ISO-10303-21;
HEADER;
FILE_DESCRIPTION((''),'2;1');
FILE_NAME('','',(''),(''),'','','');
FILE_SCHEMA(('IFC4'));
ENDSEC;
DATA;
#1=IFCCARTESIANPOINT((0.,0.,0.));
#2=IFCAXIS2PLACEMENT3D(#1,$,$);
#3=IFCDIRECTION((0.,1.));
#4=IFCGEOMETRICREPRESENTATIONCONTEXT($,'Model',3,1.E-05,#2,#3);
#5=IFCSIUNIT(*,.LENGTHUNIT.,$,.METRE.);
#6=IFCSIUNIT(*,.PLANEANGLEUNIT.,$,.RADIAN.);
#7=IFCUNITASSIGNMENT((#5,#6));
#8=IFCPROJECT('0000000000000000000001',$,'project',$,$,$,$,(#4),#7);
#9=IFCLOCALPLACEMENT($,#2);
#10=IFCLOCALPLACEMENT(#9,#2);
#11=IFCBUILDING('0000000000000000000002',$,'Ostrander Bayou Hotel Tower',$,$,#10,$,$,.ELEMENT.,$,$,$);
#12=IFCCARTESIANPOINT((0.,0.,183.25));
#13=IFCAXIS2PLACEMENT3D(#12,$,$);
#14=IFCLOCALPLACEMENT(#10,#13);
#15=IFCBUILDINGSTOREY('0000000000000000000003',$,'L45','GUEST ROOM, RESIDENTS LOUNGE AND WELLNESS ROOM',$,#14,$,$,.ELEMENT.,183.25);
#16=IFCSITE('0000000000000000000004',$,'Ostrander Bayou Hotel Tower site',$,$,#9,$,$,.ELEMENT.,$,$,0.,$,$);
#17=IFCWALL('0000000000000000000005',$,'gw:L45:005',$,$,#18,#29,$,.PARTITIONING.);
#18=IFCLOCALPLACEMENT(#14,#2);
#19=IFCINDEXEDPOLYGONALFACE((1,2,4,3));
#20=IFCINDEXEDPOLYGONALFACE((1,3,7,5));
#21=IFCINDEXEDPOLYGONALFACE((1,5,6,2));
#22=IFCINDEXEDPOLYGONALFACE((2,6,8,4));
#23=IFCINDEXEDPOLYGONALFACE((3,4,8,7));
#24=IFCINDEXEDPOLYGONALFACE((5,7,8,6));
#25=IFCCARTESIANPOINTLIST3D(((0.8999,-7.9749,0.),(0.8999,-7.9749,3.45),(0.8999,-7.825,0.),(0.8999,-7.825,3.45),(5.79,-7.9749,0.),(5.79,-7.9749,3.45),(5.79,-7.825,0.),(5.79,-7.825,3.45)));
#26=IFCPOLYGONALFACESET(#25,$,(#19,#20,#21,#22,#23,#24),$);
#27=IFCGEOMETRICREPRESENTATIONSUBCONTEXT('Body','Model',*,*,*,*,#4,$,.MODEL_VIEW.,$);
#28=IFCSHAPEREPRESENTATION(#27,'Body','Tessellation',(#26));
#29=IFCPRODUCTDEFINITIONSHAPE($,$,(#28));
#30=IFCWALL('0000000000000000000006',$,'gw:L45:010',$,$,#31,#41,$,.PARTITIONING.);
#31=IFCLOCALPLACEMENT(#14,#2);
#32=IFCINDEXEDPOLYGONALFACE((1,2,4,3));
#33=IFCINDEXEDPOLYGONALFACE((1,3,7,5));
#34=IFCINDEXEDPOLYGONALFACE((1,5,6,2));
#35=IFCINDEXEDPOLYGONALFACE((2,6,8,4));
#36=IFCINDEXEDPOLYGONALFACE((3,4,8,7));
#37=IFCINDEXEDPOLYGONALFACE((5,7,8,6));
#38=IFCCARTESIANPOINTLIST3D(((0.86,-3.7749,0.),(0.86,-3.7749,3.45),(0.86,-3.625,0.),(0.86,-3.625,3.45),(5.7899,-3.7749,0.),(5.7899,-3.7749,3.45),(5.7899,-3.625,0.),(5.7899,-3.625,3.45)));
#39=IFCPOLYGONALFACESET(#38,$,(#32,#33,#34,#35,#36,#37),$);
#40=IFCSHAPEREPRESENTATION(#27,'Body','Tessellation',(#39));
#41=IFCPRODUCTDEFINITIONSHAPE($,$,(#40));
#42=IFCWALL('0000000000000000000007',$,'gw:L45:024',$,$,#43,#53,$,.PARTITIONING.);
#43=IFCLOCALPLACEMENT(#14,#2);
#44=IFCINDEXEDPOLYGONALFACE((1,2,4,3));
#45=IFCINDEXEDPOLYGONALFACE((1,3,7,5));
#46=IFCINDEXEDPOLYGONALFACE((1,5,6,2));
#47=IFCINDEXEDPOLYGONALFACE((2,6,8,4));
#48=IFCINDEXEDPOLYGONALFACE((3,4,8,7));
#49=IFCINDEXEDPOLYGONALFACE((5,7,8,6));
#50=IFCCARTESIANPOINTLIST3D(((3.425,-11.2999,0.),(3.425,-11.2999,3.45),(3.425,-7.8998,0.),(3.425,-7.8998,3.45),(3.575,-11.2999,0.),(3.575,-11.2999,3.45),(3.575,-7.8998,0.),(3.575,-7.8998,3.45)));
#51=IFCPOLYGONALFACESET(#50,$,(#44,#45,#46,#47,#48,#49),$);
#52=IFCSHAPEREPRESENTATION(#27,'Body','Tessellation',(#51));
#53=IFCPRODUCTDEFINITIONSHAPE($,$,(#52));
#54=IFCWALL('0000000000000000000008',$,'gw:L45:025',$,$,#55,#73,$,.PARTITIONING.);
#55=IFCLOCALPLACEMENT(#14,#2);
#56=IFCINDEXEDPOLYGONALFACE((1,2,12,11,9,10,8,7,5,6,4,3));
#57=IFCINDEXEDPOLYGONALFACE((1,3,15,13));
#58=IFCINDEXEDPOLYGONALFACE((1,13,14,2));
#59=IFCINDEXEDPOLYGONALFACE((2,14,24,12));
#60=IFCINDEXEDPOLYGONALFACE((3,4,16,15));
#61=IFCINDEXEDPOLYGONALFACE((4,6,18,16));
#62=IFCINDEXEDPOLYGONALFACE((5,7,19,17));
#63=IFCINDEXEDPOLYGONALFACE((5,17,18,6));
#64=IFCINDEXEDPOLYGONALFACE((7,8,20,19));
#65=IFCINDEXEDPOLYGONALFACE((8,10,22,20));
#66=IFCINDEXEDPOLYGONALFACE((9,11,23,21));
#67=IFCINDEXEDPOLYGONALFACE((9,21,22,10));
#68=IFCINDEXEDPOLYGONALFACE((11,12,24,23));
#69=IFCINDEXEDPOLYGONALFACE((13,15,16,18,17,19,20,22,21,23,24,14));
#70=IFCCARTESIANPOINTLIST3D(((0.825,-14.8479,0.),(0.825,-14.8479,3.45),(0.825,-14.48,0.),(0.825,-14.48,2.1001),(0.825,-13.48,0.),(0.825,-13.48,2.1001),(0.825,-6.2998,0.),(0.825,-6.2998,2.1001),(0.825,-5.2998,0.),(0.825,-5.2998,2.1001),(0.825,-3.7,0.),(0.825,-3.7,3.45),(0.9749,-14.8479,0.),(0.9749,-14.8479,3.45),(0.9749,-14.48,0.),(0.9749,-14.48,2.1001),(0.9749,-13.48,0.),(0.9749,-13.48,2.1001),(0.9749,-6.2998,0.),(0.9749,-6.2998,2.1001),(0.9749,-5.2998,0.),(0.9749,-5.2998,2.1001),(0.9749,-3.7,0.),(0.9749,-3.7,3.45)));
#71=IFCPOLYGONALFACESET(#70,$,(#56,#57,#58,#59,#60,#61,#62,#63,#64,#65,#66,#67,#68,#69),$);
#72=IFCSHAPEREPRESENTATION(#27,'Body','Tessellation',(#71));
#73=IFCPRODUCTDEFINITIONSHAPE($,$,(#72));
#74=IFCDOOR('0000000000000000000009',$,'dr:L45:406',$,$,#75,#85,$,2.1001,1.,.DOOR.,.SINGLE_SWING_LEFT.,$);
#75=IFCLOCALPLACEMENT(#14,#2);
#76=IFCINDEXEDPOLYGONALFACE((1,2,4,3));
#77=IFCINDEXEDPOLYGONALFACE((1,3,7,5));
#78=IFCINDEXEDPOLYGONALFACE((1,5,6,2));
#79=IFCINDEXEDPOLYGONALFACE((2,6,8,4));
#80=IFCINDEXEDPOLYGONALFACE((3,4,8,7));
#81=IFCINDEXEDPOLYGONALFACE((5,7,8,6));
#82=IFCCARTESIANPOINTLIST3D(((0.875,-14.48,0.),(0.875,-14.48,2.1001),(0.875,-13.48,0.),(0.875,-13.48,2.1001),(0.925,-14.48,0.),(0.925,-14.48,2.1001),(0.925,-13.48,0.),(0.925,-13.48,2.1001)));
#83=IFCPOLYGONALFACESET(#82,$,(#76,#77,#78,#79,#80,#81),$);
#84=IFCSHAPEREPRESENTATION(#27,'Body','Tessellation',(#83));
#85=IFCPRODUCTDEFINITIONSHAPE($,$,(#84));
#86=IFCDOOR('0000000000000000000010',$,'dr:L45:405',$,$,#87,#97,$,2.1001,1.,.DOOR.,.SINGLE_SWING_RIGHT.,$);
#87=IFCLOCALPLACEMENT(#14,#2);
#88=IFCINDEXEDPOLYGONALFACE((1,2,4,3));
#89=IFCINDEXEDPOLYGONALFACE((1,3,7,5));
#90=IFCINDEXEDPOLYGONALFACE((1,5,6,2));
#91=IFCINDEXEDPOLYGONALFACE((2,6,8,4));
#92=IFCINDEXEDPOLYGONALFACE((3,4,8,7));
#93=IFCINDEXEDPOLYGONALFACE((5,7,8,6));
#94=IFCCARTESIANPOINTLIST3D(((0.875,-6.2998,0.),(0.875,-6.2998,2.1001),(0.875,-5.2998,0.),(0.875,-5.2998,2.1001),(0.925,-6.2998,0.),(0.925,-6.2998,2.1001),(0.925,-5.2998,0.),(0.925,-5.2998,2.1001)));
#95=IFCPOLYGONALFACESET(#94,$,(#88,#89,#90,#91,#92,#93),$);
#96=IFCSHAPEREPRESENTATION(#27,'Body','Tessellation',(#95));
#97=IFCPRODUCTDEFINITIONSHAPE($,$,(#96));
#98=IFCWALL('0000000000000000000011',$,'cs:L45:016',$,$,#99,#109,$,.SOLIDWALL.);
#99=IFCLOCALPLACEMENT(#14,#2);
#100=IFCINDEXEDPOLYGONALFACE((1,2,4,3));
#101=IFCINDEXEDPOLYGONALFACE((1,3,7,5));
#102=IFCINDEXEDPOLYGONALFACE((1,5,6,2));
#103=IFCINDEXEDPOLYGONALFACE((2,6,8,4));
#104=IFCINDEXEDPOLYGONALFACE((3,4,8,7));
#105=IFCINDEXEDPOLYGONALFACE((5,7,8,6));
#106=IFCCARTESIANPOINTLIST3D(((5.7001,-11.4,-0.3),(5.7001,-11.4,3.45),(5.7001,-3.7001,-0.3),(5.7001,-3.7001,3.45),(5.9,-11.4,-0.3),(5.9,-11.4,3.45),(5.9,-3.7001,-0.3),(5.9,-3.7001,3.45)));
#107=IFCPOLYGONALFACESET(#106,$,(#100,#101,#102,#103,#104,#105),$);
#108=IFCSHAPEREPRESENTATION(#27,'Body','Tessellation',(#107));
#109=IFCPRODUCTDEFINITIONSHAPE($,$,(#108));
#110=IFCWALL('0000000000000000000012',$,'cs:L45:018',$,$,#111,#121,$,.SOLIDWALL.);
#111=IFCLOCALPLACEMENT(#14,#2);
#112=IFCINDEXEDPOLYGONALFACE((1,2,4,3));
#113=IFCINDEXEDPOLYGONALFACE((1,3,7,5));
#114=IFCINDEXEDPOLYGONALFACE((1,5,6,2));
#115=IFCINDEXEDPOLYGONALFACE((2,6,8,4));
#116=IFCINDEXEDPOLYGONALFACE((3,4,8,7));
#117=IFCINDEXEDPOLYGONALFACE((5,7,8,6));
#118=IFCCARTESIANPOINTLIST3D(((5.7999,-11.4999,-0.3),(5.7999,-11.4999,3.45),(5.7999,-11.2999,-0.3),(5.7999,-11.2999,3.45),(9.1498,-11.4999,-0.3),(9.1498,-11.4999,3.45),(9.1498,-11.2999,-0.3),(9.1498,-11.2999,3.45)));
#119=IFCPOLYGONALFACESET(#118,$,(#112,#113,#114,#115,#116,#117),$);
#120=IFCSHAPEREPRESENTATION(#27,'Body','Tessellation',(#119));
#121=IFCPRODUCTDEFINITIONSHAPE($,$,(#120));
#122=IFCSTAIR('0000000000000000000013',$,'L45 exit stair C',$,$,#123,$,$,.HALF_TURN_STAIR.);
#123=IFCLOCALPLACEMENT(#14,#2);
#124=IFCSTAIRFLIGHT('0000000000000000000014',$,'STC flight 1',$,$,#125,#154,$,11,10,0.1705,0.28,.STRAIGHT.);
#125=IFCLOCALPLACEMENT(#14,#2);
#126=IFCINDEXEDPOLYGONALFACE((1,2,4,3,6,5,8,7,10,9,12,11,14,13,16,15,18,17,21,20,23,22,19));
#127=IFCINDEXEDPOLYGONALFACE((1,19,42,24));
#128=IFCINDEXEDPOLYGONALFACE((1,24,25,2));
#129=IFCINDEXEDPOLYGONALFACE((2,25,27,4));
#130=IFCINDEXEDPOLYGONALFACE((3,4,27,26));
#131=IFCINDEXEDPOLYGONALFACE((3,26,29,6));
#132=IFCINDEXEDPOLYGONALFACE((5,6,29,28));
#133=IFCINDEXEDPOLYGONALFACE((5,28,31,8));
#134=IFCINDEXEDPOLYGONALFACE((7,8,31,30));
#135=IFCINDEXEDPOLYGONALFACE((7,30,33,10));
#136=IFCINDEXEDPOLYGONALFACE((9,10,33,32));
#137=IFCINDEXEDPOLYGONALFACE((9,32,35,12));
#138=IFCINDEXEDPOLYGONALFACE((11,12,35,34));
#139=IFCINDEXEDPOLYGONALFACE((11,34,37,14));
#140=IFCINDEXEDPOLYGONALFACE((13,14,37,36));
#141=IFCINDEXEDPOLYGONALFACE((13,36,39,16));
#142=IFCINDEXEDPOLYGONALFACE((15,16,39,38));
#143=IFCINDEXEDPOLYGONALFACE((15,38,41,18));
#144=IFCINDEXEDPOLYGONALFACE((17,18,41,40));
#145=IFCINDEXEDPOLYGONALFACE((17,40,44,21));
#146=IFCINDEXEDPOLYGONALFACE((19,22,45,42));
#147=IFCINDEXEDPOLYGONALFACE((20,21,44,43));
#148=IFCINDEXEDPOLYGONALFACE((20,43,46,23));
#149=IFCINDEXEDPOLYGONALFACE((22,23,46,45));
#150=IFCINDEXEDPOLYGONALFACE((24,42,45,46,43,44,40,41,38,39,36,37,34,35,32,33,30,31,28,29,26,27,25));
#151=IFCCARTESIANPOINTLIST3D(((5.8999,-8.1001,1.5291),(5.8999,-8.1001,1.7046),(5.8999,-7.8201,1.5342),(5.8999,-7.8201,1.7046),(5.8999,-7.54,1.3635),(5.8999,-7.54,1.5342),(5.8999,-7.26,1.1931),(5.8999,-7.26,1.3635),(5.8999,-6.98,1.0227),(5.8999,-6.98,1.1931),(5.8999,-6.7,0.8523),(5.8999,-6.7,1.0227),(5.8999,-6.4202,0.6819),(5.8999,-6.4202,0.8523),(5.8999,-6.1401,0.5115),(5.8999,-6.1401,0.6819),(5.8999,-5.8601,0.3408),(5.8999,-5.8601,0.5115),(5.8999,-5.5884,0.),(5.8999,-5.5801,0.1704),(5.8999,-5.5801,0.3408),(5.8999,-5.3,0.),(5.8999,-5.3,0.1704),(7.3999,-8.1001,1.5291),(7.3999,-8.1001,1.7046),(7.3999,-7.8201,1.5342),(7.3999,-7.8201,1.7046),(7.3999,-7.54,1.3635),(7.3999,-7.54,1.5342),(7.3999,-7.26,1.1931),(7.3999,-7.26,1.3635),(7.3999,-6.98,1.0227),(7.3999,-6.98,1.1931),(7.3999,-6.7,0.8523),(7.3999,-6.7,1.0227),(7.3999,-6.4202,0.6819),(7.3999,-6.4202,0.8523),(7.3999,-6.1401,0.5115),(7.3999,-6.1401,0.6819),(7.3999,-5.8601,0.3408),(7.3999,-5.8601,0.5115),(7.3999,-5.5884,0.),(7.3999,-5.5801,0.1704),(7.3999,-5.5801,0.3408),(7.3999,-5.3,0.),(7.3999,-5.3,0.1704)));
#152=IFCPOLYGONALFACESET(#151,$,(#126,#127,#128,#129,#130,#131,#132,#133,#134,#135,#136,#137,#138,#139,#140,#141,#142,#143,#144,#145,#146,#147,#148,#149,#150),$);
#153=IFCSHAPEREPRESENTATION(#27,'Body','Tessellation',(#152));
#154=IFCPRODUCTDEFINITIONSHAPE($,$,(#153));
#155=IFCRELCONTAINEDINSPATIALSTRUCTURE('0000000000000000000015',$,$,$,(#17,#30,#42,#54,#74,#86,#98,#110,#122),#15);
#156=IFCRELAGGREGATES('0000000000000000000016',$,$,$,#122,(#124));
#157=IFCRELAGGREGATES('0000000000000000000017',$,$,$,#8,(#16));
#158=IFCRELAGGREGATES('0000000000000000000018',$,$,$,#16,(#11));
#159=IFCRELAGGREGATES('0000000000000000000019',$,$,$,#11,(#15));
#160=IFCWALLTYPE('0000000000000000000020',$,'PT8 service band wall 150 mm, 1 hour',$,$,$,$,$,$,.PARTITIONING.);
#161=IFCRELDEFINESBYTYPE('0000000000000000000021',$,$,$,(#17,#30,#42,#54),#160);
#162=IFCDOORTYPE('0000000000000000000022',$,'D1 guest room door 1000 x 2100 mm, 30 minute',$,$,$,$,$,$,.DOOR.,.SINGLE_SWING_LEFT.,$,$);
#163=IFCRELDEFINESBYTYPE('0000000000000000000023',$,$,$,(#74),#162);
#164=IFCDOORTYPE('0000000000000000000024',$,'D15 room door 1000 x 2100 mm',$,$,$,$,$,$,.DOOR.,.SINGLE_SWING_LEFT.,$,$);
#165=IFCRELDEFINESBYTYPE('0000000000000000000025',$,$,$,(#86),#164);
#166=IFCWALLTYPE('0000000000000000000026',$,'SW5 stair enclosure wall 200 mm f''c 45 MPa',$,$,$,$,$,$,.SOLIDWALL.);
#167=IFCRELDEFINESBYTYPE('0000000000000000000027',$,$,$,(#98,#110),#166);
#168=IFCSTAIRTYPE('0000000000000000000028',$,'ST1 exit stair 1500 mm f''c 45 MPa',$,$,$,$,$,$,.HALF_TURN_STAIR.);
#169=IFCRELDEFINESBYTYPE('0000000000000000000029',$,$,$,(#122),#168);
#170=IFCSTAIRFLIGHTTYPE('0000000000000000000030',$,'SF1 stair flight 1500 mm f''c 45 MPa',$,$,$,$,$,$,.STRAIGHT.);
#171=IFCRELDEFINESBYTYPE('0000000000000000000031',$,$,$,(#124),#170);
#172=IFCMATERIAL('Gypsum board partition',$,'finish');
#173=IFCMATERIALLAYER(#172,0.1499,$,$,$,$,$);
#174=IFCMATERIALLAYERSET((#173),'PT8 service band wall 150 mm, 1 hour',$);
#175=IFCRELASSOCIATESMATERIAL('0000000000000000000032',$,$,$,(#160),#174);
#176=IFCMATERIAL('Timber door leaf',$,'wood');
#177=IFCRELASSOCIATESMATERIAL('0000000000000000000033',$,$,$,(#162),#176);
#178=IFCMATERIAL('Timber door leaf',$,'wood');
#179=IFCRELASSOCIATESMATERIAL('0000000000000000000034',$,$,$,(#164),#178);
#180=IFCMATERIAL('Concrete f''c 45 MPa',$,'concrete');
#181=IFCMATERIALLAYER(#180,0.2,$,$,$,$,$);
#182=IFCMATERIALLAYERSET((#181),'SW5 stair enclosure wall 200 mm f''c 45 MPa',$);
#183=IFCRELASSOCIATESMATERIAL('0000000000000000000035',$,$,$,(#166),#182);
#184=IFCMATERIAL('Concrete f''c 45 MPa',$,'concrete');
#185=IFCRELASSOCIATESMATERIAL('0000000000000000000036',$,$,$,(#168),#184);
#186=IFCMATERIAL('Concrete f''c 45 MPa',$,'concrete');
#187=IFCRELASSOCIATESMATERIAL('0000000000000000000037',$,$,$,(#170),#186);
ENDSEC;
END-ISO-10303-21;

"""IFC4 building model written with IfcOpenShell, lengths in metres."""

from ifc_helpers import new_model, si_unit, direction, frame, frame_2d, origin, place, context, subcontext, project, spatial, polyline, rectangle, outline, extrude, material, layer, layer_set, type_object, element, fill, aggregate, save


model = new_model("IFC4")

# Units and contexts
model_context = context("Model", 3, precision=1e-05, world=origin(), true_north=direction((0.0, 1.0)))
body_context = subcontext(model_context, "Body", "Model", "MODEL_VIEW")
ifc_project = project(units=[si_unit("LENGTHUNIT", "METRE"), si_unit("PLANEANGLEUNIT", "RADIAN")], contexts=[model_context])

# Site, building, storey
site_placement = place(None, origin())
site = spatial("IfcSite", under=ifc_project, at=site_placement, Name="Ostrander Bayou Hotel Tower site", CompositionType="ELEMENT", RefElevation=0.0)
building_placement = place(site_placement, origin())
building = spatial("IfcBuilding", under=site, at=building_placement, Name="Ostrander Bayou Hotel Tower", CompositionType="ELEMENT")
storey_placement = place(building_placement, frame((0.0, 0.0, 183.25)))
storey = spatial("IfcBuildingStorey", under=building, at=storey_placement, Name="L45", Description="GUEST ROOM, RESIDENTS LOUNGE AND WELLNESS ROOM", CompositionType="ELEMENT", Elevation=183.25)

# Shared definitions
ifc_material_1 = material(Name="Gypsum board partition", Category="finish")
ifc_layer_1 = layer(ifc_material_1, 0.1499)
ifc_layer_set_1 = layer_set([ifc_layer_1], Name="PT8 service band wall 150 mm, 1 hour")
wall_type_1 = type_object("IfcWallType", Name="PT8 service band wall 150 mm, 1 hour", PredefinedType="PARTITIONING", material=ifc_layer_set_1)

# Walls
wall_1_placement = place(storey_placement, frame((0.8999, -7.8999, 0.0), z_axis=(0.0, 0.0, 1.0), x_axis=(1.0, 0.0, 0.0)))
element("IfcWall", 1, at=wall_1_placement, inside=storey, type_object=wall_type_1, Name="gw:L45:005", PredefinedType="PARTITIONING", context=body_context, shape_type="SweptSolid", body=[
    extrude(rectangle(XDim=4.8901, YDim=0.1499, at=frame_2d((2.4451, 0.0))), origin(), (0.0, 0.0, 1.0), 3.45),
])
wall_2_placement = place(storey_placement, frame((0.8601, -3.7, 0.0), z_axis=(0.0, 0.0, 1.0), x_axis=(1.0, 0.0, 0.0)))
element("IfcWall", 2, at=wall_2_placement, inside=storey, type_object=wall_type_1, Name="gw:L45:010", PredefinedType="PARTITIONING", context=body_context, shape_type="SweptSolid", body=[
    extrude(rectangle(XDim=4.9299, YDim=0.1499, at=frame_2d((2.4648, 0.0))), origin(), (0.0, 0.0, 1.0), 3.45),
])
wall_3_placement = place(storey_placement, frame((3.5, -11.3, 0.0), z_axis=(0.0, 0.0, 1.0), x_axis=(0.0, 1.0, 0.0)))
element("IfcWall", 3, at=wall_3_placement, inside=storey, type_object=wall_type_1, Name="gw:L45:024", PredefinedType="PARTITIONING", context=body_context, shape_type="SweptSolid", body=[
    extrude(rectangle(XDim=3.4001, YDim=0.1499, at=frame_2d((1.7002, 0.0))), origin(), (0.0, 0.0, 1.0), 3.45),
])

# Wall, openings, doors
wall_4_placement = place(storey_placement, frame((0.8999, -14.8479, 0.0), z_axis=(0.0, 0.0, 1.0), x_axis=(0.0, 1.0, 0.0)))
wall_4 = element("IfcWall", 4, at=wall_4_placement, inside=storey, type_object=wall_type_1, Name="gw:L45:025", PredefinedType="PARTITIONING", context=body_context, shape_type="SweptSolid", body=[
    extrude(rectangle(XDim=11.1479, YDim=0.1499, at=frame_2d((5.574, 0.0))), origin(), (0.0, 0.0, 1.0), 3.45),
])
opening_1_placement = place(wall_4_placement, frame((8.5481, 0.0, 0.0)))
opening_1 = element("IfcOpeningElement", 5, at=opening_1_placement, cuts=wall_4, PredefinedType="OPENING", context=body_context, shape_type="SweptSolid", body=[
    extrude(rectangle(XDim=1.0, YDim=2.1001, at=frame_2d((0.5, 1.05))), frame((0.0, 0.075, 0.0), z_axis=(0.0, -1.0, 0.0), x_axis=(1.0, 0.0, 0.0)), (0.0, 0.0, 1.0), 0.1499),
])
opening_2_placement = place(wall_4_placement, frame((0.3679, 0.0, 0.0)))
opening_2 = element("IfcOpeningElement", 6, at=opening_2_placement, cuts=wall_4, PredefinedType="OPENING", context=body_context, shape_type="SweptSolid", body=[
    extrude(rectangle(XDim=1.0, YDim=2.1001, at=frame_2d((0.5, 1.05))), frame((0.0, 0.075, 0.0), z_axis=(0.0, -1.0, 0.0), x_axis=(1.0, 0.0, 0.0)), (0.0, 0.0, 1.0), 0.1499),
])
ifc_material_2 = material(Name="Timber door leaf", Category="wood")
door_type_1 = type_object("IfcDoorType", Name="D1 guest room door 1000 x 2100 mm, 30 minute", OperationType="SINGLE_SWING_LEFT", PredefinedType="DOOR", material=ifc_material_2)
door_1_placement = place(opening_2_placement, origin())
door_1 = element("IfcDoor", 7, at=door_1_placement, inside=storey, type_object=door_type_1, Name="dr:L45:406", OperationType="SINGLE_SWING_LEFT", OverallHeight=2.1001, OverallWidth=1.0, PredefinedType="DOOR", context=body_context, shape_type="SweptSolid", body=[
    extrude(rectangle(XDim=1.0, YDim=2.1001, at=frame_2d((0.5, 1.05))), frame((0.0, 0.0249, 0.0), z_axis=(0.0, -1.0, 0.0), x_axis=(1.0, 0.0, 0.0)), (0.0, 0.0, 1.0), 0.05),
])
fill(opening_2, door_1)
ifc_material_3 = material(Name="Timber door leaf", Category="wood")
door_type_2 = type_object("IfcDoorType", Name="D15 room door 1000 x 2100 mm", OperationType="SINGLE_SWING_LEFT", PredefinedType="DOOR", material=ifc_material_3)
door_2_placement = place(opening_1_placement, origin())
door_2 = element("IfcDoor", 8, at=door_2_placement, inside=storey, type_object=door_type_2, Name="dr:L45:405", OperationType="SINGLE_SWING_RIGHT", OverallHeight=2.1001, OverallWidth=1.0, PredefinedType="DOOR", context=body_context, shape_type="SweptSolid", body=[
    extrude(rectangle(XDim=1.0, YDim=2.1001, at=frame_2d((0.5, 1.05))), frame((0.0, 0.0249, 0.0), z_axis=(0.0, -1.0, 0.0), x_axis=(1.0, 0.0, 0.0)), (0.0, 0.0, 1.0), 0.05),
])
fill(opening_1, door_2)

# Shared definitions
ifc_material_4 = material(Name="Concrete f'c 45 MPa", Category="concrete")
ifc_layer_2 = layer(ifc_material_4, 0.2)
ifc_layer_set_2 = layer_set([ifc_layer_2], Name="SW5 stair enclosure wall 200 mm f'c 45 MPa")
wall_type_2 = type_object("IfcWallType", Name="SW5 stair enclosure wall 200 mm f'c 45 MPa", PredefinedType="SOLIDWALL", material=ifc_layer_set_2)

# Walls
wall_5_placement = place(storey_placement, frame((5.8, -3.7, -0.3), z_axis=(0.0, 0.0, 1.0), x_axis=(0.0, -1.0, 0.0)))
element("IfcWall", 9, at=wall_5_placement, inside=storey, type_object=wall_type_2, Name="cs:L45:016", PredefinedType="SOLIDWALL", context=body_context, shape_type="SweptSolid", body=[
    extrude(rectangle(XDim=7.7, YDim=0.2, at=frame_2d((3.8501, 0.0))), origin(), (0.0, 0.0, 1.0), 3.75),
])
wall_6_placement = place(storey_placement, frame((5.8, -11.3999, -0.3), z_axis=(0.0, 0.0, 1.0), x_axis=(1.0, 0.0, 0.0)))
element("IfcWall", 10, at=wall_6_placement, inside=storey, type_object=wall_type_2, Name="cs:L45:018", PredefinedType="SOLIDWALL", context=body_context, shape_type="SweptSolid", body=[
    extrude(rectangle(XDim=3.3499, YDim=0.2, at=frame_2d((1.6748, 0.0))), origin(), (0.0, 0.0, 1.0), 3.75),
])

# Stair, stair flight
ifc_material_5 = material(Name="Concrete f'c 45 MPa", Category="concrete")
stair_type = type_object("IfcStairType", Name="ST1 exit stair 1500 mm f'c 45 MPa", PredefinedType="HALF_TURN_STAIR", material=ifc_material_5)
stair_placement = place(storey_placement, origin())
stair = element("IfcStair", 11, at=stair_placement, inside=storey, type_object=stair_type, Name="L45 exit stair C", PredefinedType="HALF_TURN_STAIR")
ifc_material_6 = material(Name="Concrete f'c 45 MPa", Category="concrete")
stair_flight_type = type_object("IfcStairFlightType", Name="SF1 stair flight 1500 mm f'c 45 MPa", PredefinedType="STRAIGHT", material=ifc_material_6)
stair_flight_1_placement = place(storey_placement, frame((6.6499, -5.3, 0.0), z_axis=(0.0, 0.0, 1.0), x_axis=(0.0, -1.0, 0.0)))
stair_flight_1 = element("IfcStairFlight", 12, at=stair_flight_1_placement, type_object=stair_flight_type, Name="STC flight 1", NumberOfRisers=11, NumberOfTreads=10, PredefinedType="STRAIGHT", RiserHeight=0.1705, TreadLength=0.28, context=body_context, shape_type="SweptSolid", body=[
    extrude(outline(polyline([(0.0, 0.0), (0.0, 0.1704), (0.28, 0.1704), (0.28, 0.3408), (0.5601, 0.3408), (0.5601, 0.5115), (0.8401, 0.5115), (0.8401, 0.6819), (1.1201, 0.6819), (1.1201, 0.8523), (1.3999, 0.8523), (1.3999, 1.0227), (1.6799, 1.0227), (1.6799, 1.1931), (1.96, 1.1931), (1.96, 1.3635), (2.24, 1.3635), (2.24, 1.5342), (2.52, 1.5342), (2.52, 1.7046), (2.8, 1.7046), (2.8, 1.875), (2.8, 1.5291), (0.2883, 0.0), (0.0, 0.0)])), frame((0.0, 0.75, 0.0), z_axis=(0.0, -1.0, 0.0), x_axis=(1.0, 0.0, 0.0)), (0.0, 0.0, 1.0), 1.5),
])
aggregate(stair, [stair_flight_1])

save(model, "model.ifc")
